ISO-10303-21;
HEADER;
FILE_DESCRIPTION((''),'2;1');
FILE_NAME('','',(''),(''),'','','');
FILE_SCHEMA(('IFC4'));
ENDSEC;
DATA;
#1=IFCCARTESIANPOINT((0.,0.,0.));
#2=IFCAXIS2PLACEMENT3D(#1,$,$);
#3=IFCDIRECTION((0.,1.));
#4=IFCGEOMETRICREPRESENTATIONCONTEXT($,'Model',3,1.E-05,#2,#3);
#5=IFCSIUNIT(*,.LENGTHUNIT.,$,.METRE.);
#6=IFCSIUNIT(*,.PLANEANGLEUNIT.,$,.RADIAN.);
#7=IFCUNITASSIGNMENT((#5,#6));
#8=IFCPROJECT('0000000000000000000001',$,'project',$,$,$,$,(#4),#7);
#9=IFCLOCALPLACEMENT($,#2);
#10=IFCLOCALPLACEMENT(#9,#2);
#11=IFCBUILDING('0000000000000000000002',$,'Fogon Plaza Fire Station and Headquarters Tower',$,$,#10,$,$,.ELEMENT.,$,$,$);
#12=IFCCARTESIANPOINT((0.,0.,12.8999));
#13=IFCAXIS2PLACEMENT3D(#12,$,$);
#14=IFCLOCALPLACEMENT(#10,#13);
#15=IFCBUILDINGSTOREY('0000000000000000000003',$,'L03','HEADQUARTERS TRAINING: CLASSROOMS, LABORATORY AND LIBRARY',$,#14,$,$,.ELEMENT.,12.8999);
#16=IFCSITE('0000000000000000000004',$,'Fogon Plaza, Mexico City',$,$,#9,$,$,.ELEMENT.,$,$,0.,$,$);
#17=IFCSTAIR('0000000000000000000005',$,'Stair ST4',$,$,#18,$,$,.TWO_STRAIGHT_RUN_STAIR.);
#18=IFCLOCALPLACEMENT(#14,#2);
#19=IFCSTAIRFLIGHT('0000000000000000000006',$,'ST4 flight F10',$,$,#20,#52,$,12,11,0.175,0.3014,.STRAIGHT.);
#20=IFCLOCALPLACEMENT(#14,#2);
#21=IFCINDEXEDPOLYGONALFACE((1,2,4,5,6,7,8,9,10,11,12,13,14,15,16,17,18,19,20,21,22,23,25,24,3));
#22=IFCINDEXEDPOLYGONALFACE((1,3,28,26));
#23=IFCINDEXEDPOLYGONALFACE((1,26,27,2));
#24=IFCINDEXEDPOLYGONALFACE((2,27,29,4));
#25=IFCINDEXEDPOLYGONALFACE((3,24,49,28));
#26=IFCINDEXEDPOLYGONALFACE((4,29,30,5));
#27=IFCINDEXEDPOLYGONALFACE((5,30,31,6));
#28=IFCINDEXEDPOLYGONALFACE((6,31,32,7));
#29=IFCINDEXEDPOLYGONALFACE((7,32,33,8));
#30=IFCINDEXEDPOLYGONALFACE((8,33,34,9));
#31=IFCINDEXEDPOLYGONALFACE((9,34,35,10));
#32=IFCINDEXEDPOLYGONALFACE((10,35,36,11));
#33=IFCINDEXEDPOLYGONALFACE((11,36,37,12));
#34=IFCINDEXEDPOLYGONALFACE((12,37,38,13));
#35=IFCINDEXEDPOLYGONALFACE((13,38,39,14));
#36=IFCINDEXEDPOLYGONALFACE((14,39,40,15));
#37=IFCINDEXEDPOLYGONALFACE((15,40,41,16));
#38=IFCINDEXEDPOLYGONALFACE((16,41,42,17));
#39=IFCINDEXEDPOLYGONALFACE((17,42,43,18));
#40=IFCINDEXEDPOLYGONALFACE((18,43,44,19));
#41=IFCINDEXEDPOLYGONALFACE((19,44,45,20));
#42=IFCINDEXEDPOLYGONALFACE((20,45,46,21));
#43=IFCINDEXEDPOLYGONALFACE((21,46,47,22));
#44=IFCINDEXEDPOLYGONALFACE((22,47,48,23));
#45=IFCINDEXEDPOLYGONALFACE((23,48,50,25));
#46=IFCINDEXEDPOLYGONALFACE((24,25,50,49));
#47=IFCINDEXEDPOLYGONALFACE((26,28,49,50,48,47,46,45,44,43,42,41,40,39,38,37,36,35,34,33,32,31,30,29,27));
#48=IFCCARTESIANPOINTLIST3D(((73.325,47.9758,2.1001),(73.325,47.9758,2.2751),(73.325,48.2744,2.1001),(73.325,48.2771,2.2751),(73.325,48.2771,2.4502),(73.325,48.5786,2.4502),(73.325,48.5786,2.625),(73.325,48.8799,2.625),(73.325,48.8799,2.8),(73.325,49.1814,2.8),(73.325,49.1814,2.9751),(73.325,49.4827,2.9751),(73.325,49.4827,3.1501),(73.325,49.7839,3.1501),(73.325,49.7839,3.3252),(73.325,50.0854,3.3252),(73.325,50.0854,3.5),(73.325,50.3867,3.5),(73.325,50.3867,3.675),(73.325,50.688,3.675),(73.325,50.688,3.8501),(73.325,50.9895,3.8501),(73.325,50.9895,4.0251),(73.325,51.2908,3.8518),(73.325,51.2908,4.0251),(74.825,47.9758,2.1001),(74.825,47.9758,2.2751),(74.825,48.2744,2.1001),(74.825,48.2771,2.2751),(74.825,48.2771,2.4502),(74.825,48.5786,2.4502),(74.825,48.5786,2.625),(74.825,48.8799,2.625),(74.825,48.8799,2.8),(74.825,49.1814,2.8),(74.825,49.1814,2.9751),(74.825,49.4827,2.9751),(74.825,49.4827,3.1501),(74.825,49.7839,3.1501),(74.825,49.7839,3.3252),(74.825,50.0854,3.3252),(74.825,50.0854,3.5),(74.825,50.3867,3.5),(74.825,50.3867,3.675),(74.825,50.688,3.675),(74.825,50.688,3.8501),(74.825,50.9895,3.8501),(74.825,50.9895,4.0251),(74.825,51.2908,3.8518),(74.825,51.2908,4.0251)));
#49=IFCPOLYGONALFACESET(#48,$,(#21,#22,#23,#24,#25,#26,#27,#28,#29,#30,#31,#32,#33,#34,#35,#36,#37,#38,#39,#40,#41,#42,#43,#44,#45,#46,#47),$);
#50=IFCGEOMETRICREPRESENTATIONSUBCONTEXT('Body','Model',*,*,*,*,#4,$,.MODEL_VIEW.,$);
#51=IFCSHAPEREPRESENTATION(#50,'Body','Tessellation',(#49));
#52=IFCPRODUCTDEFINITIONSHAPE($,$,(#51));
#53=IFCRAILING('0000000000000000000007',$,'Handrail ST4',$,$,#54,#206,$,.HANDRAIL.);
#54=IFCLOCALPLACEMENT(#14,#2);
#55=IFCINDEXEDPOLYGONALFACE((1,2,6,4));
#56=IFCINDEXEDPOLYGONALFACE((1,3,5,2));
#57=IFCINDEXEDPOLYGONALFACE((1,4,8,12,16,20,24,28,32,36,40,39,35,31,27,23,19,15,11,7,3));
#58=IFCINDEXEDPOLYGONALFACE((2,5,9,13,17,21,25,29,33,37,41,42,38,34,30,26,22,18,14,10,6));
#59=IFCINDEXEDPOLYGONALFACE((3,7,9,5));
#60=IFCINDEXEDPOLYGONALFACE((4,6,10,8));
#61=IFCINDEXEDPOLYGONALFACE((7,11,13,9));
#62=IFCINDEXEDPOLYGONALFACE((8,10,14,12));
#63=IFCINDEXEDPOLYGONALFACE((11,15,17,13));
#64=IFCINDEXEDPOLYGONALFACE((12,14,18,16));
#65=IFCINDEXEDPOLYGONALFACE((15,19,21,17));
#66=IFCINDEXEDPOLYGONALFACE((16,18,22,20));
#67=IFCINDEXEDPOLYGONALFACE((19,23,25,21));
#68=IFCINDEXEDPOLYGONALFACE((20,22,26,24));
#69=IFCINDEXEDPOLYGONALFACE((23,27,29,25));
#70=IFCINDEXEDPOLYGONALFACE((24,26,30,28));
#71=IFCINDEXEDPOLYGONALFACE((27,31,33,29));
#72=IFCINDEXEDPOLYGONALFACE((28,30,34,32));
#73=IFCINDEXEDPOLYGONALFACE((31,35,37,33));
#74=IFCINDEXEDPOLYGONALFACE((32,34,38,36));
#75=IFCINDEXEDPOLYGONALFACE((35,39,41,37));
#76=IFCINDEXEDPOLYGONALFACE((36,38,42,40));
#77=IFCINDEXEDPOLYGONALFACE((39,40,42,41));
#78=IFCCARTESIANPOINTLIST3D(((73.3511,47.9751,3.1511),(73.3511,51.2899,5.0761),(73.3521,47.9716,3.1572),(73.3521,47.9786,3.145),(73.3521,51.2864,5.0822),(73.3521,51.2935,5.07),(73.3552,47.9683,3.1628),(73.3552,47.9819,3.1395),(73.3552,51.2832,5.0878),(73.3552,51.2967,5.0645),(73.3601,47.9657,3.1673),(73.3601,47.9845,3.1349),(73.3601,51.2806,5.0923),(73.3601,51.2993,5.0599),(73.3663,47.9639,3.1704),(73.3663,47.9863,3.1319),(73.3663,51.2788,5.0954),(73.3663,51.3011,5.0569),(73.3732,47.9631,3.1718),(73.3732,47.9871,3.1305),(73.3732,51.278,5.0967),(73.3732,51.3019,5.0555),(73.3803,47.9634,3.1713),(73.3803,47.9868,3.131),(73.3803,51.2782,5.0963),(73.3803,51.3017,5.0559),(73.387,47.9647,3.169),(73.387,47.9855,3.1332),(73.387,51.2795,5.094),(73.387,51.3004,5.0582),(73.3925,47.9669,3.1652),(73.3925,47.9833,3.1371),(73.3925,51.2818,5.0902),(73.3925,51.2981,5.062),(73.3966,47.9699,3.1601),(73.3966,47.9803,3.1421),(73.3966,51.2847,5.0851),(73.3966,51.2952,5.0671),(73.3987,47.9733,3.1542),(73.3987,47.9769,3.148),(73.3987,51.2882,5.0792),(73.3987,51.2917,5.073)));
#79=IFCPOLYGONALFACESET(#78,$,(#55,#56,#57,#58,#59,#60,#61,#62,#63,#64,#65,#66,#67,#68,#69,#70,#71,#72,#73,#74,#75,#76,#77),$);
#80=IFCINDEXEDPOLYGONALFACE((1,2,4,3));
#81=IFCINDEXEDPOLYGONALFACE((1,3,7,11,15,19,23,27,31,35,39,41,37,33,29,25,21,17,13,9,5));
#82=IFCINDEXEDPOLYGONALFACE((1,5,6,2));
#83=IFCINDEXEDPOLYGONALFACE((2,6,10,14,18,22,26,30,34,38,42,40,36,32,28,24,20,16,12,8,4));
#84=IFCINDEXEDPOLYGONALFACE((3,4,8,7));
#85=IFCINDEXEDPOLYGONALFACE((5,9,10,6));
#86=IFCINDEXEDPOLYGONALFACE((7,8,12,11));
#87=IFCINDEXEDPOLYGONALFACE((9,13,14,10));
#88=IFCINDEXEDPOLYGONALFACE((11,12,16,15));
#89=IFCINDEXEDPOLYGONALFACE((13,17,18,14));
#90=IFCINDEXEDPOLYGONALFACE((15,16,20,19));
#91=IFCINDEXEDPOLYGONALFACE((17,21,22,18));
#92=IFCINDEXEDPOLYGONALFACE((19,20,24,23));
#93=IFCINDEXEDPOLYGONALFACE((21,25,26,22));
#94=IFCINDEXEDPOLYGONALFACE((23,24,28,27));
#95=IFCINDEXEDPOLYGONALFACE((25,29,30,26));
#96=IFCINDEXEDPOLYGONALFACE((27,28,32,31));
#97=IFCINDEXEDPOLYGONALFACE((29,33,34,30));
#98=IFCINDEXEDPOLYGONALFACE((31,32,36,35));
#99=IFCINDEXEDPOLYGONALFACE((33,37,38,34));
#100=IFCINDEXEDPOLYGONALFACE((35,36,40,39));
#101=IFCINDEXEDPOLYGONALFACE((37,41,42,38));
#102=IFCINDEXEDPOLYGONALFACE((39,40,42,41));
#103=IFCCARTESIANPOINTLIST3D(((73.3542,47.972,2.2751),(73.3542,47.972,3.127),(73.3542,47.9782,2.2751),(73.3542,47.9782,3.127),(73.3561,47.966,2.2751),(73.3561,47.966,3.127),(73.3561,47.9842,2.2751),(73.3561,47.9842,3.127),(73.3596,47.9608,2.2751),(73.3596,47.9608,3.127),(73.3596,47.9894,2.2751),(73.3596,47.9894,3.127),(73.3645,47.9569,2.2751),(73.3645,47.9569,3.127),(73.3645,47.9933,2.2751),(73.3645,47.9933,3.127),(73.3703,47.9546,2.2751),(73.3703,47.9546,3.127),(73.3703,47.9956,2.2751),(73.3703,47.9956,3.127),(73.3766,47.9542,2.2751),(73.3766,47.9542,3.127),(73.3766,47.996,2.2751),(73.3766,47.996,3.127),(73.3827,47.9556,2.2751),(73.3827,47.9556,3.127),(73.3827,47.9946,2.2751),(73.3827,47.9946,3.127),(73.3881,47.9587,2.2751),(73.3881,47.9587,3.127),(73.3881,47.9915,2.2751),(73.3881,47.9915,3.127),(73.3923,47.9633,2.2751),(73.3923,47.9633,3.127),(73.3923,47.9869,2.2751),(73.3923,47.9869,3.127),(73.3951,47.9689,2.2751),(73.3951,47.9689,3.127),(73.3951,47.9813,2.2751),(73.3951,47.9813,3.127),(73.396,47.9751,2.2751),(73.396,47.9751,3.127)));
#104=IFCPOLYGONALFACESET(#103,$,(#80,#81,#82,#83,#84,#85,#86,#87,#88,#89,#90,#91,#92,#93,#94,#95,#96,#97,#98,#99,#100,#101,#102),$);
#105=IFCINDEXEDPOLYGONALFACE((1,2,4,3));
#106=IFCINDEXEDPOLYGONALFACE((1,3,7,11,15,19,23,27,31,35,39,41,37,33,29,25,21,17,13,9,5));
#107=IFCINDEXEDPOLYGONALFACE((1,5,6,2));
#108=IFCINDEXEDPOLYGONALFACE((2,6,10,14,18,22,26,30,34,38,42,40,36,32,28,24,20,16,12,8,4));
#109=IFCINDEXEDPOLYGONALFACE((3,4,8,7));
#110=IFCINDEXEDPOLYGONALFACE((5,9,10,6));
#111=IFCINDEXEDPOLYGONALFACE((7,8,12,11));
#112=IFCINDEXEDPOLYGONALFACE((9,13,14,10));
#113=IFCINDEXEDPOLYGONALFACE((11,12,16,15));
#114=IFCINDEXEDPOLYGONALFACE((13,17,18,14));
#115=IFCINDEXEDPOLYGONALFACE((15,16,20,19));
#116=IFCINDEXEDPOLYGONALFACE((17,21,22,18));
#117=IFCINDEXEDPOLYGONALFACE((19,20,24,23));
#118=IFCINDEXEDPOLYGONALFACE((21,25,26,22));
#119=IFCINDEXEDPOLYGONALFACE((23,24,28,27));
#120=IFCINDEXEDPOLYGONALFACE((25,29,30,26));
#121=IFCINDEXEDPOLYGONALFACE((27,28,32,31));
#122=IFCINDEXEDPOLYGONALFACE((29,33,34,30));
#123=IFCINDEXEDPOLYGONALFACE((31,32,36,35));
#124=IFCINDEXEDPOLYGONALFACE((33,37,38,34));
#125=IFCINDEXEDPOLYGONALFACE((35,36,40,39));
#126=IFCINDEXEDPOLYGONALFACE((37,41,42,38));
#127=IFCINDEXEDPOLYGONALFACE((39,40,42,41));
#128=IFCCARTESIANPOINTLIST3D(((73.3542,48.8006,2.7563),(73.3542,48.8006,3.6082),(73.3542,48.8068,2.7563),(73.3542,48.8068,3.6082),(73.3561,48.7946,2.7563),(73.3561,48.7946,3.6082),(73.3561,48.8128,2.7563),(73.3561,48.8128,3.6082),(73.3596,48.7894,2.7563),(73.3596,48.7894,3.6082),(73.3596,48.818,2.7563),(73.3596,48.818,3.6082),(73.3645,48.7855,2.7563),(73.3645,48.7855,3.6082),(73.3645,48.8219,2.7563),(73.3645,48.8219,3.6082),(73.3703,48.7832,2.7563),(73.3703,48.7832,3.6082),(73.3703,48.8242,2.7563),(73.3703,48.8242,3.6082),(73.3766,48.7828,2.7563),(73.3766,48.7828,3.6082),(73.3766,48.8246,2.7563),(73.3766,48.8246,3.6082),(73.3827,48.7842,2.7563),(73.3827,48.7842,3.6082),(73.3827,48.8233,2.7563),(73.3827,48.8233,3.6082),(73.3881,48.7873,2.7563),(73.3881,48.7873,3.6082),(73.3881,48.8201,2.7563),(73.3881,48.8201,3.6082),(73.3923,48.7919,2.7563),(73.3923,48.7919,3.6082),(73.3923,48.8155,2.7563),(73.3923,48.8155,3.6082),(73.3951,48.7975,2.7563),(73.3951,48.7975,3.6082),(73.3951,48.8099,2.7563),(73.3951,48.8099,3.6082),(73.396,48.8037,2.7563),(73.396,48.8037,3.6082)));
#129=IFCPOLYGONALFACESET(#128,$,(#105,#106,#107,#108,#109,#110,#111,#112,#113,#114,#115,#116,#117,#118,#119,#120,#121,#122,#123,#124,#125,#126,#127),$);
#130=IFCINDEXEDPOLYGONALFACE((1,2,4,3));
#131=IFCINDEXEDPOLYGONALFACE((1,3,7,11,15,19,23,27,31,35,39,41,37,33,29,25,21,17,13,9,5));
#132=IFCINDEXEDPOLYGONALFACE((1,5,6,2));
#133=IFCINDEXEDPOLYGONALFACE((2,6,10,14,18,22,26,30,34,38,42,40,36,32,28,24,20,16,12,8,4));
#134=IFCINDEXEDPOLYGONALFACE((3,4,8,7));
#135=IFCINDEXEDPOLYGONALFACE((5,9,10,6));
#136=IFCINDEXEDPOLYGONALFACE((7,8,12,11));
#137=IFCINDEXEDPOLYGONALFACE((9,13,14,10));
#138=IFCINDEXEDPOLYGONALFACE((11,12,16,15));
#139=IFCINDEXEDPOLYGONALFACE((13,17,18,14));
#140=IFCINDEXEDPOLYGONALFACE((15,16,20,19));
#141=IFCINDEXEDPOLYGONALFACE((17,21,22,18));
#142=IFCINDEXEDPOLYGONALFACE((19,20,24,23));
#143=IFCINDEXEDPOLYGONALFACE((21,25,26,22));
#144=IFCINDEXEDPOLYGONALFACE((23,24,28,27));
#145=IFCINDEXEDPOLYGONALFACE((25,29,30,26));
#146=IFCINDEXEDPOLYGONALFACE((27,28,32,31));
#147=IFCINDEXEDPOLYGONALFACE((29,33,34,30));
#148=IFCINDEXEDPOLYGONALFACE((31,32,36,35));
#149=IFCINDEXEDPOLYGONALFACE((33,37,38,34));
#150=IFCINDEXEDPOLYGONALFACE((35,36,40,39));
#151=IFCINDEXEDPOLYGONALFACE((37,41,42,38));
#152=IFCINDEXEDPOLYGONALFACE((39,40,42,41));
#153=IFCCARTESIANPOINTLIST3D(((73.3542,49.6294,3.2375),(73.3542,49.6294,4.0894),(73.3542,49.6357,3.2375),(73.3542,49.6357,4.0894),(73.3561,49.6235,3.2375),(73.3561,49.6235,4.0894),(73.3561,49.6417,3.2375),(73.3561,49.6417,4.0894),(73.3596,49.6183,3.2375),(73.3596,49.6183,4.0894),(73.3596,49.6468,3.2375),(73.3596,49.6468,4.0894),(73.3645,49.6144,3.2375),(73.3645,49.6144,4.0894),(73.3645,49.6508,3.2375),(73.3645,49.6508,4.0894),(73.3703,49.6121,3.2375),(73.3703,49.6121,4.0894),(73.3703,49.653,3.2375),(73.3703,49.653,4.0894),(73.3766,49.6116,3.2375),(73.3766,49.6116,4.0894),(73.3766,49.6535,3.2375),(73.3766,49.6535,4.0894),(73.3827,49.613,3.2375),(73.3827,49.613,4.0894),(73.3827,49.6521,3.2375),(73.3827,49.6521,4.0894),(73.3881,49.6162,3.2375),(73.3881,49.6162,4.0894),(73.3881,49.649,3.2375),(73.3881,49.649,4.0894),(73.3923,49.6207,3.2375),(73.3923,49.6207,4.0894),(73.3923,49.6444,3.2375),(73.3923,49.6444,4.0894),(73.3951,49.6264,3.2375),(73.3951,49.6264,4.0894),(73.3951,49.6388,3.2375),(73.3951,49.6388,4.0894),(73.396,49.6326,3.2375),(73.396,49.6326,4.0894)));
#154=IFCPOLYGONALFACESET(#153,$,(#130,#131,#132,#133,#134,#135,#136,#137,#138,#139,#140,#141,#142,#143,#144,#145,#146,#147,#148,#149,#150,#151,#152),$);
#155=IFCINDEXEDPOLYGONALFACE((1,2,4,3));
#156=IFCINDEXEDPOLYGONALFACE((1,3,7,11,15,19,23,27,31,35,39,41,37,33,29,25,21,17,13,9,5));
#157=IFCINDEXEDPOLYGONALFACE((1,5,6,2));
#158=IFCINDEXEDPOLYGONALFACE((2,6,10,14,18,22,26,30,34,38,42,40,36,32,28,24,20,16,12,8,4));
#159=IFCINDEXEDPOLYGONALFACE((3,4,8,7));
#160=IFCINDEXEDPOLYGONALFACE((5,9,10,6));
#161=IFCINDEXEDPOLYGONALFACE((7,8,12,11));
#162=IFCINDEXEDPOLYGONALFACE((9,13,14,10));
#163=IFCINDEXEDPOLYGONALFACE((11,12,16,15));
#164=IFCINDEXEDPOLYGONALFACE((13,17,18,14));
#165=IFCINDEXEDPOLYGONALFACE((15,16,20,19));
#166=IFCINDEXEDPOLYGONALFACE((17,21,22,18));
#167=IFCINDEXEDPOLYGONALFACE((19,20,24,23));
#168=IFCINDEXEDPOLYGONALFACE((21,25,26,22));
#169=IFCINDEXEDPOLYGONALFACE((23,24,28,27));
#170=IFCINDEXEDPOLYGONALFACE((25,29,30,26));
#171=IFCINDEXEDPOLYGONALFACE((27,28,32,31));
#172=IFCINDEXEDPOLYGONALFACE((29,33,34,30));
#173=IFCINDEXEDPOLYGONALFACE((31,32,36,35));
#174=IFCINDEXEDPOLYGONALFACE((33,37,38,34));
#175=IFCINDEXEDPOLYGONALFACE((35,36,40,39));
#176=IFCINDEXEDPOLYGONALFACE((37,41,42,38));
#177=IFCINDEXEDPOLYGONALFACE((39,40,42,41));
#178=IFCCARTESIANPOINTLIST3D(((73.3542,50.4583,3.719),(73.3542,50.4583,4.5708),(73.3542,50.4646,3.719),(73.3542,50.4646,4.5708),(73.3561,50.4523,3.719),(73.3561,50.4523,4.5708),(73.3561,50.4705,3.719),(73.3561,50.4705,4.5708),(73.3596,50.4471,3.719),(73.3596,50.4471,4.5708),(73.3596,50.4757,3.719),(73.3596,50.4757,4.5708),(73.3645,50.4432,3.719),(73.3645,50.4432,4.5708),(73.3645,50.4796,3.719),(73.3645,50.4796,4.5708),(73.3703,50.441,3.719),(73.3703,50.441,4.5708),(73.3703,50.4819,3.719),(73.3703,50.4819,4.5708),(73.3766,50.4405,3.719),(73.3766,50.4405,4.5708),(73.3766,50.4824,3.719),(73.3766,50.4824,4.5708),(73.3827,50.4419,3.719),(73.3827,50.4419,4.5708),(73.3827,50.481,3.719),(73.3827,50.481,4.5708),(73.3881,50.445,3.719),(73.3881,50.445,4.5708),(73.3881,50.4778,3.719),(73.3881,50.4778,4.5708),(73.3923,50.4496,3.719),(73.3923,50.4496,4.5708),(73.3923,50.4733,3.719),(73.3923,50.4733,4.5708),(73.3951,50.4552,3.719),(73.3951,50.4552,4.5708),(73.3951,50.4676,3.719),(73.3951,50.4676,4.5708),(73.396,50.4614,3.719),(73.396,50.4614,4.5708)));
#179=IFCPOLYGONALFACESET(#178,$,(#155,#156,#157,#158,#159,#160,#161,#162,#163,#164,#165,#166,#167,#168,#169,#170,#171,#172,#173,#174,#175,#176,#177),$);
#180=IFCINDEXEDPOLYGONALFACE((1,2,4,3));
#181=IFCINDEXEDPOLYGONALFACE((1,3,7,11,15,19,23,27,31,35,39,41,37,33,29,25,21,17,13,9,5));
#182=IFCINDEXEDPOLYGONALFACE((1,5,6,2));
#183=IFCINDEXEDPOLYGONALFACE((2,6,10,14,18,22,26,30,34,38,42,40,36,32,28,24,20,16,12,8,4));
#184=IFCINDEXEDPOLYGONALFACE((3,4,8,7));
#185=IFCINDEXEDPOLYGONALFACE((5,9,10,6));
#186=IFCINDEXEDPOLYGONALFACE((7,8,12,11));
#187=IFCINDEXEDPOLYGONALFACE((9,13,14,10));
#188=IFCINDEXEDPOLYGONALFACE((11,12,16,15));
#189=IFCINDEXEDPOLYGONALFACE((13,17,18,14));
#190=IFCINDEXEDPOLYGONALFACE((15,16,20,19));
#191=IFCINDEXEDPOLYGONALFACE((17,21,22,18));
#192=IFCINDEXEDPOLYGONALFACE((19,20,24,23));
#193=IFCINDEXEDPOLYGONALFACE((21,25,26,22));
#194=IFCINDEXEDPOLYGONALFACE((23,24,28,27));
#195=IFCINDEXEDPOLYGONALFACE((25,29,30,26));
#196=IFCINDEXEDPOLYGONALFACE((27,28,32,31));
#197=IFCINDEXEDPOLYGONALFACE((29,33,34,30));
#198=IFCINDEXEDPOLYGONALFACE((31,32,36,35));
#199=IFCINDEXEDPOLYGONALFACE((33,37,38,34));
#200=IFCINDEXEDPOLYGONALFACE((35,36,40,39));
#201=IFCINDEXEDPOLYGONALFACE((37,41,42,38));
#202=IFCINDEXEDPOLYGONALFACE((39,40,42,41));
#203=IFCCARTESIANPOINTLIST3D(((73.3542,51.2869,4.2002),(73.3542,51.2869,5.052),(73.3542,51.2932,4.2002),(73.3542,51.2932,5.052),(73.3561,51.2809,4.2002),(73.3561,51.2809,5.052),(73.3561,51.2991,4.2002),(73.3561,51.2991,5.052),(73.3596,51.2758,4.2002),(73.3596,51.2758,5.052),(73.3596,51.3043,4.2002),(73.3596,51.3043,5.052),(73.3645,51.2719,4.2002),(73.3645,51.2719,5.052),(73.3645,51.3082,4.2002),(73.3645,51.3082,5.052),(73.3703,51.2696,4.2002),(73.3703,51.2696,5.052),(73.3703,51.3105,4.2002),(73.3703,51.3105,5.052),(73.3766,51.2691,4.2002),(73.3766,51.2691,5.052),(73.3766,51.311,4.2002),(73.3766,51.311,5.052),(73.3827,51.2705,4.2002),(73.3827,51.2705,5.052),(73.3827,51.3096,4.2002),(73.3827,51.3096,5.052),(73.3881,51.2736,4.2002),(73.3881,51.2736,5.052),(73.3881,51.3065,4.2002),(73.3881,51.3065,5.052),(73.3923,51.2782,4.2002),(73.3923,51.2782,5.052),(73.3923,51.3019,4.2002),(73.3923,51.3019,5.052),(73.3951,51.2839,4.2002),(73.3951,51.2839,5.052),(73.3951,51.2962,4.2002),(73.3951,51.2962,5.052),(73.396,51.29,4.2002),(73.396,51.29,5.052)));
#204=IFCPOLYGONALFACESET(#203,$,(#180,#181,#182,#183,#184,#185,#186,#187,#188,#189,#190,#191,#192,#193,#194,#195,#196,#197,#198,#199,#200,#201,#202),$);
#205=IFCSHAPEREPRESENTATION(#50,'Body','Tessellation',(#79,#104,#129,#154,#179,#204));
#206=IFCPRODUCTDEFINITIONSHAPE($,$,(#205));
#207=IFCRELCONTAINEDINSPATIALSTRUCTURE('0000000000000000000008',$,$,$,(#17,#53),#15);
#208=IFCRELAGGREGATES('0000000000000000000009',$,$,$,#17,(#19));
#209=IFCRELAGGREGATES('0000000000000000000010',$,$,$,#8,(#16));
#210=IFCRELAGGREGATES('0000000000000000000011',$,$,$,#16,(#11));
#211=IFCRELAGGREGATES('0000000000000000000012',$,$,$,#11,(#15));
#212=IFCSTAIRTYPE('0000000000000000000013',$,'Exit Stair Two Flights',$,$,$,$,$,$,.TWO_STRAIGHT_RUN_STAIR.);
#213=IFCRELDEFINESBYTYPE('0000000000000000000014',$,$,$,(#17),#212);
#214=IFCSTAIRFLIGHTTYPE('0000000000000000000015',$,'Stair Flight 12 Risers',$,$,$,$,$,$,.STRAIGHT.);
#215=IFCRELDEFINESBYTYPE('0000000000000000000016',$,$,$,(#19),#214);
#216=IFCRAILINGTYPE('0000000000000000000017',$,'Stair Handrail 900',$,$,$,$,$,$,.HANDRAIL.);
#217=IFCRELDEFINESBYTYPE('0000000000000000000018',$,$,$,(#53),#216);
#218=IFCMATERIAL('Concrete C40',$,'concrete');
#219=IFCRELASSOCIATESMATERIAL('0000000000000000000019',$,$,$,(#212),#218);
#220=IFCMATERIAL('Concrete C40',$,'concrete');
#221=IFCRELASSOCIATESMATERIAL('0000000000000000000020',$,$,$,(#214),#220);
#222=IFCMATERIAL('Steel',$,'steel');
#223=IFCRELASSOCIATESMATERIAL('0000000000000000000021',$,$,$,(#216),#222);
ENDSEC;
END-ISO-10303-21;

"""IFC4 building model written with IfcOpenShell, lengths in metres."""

from ifc_helpers import new_model, si_unit, direction, frame, origin, origin_2d, place, context, subcontext, project, spatial, polyline, circle, outline, extrude, material, type_object, element, aggregate, save


model = new_model("IFC4")

# Units and contexts
model_context = context("Model", 3, precision=1e-05, world=origin(), true_north=direction((0.0, 1.0)))
body_context = subcontext(model_context, "Body", "Model", "MODEL_VIEW")
ifc_project = project(units=[si_unit("LENGTHUNIT", "METRE"), si_unit("PLANEANGLEUNIT", "RADIAN")], contexts=[model_context])

# Site, building, storey
site_placement = place(None, origin())
site = spatial("IfcSite", under=ifc_project, at=site_placement, Name="Fogon Plaza, Mexico City", CompositionType="ELEMENT", RefElevation=0.0)
building_placement = place(site_placement, origin())
building = spatial("IfcBuilding", under=site, at=building_placement, Name="Fogon Plaza Fire Station and Headquarters Tower", CompositionType="ELEMENT")
storey_placement = place(building_placement, frame((0.0, 0.0, 12.8999)))
storey = spatial("IfcBuildingStorey", under=building, at=storey_placement, Name="L03", Description="HEADQUARTERS TRAINING: CLASSROOMS, LABORATORY AND LIBRARY", CompositionType="ELEMENT", Elevation=12.8999)

# Stair, stair flight
ifc_material_1 = material(Name="Concrete C40", Category="concrete")
stair_type = type_object("IfcStairType", Name="Exit Stair Two Flights", PredefinedType="TWO_STRAIGHT_RUN_STAIR", material=ifc_material_1)
stair_placement = place(storey_placement, origin())
stair = element("IfcStair", 1, at=stair_placement, inside=storey, type_object=stair_type, Name="Stair ST4", PredefinedType="TWO_STRAIGHT_RUN_STAIR")
ifc_material_2 = material(Name="Concrete C40", Category="concrete")
stair_flight_type = type_object("IfcStairFlightType", Name="Stair Flight 12 Risers", PredefinedType="STRAIGHT", material=ifc_material_2)
stair_flight_placement = place(storey_placement, frame((74.075, 47.9758, 2.1001), z_axis=(0.0, 0.0, 1.0), x_axis=(0.0, 1.0, 0.0)))
stair_flight = element("IfcStairFlight", 2, at=stair_flight_placement, type_object=stair_flight_type, Name="ST4 flight F10", NumberOfRisers=12, NumberOfTreads=11, PredefinedType="STRAIGHT", RiserHeight=0.175, TreadLength=0.3014, context=body_context, shape_type="SweptSolid", body=[
    extrude(outline(polyline([(0.0, 0.0), (0.0, 0.175), (0.3013, 0.175), (0.3013, 0.3501), (0.6028, 0.3501), (0.6028, 0.5249), (0.9041, 0.5249), (0.9041, 0.7), (1.2056, 0.7), (1.2056, 0.875), (1.5068, 0.875), (1.5068, 1.05), (1.8081, 1.05), (1.8081, 1.2251), (2.1096, 1.2251), (2.1096, 1.3999), (2.4109, 1.3999), (2.4109, 1.575), (2.7122, 1.575), (2.7122, 1.75), (3.0137, 1.75), (3.0137, 1.925), (3.3149, 1.925), (3.3149, 2.1001), (3.3149, 1.7517), (0.2986, 0.0), (0.0, 0.0)])), frame((0.0, 0.75, 0.0), z_axis=(0.0, -1.0, 0.0), x_axis=(1.0, 0.0, 0.0)), (0.0, 0.0, 1.0), 1.5),
])
aggregate(stair, [stair_flight])

# Railing
ifc_material_3 = material(Name="Steel", Category="steel")
railing_type = type_object("IfcRailingType", Name="Stair Handrail 900", PredefinedType="HANDRAIL", material=ifc_material_3)
for number, where, name in (
    (3, (73.375, 47.9751, 2.2751), "Handrail ST4"),
):
    element("IfcRailing", number, at=place(storey_placement, frame(where)), inside=storey, type_object=railing_type, Name=name, PredefinedType="HANDRAIL", context=body_context, shape_type="SweptSolid", body=[
        extrude(circle(Radius=0.0239, at=origin_2d()), frame((0.0, 0.0, 0.876), z_axis=(0.0, 0.864761, 0.502183), x_axis=(-1.0, 0.0, 0.0)), (0.0, 0.0, 1.0), 3.8333),
        extrude(circle(Radius=0.021, at=origin_2d()), origin(), (0.0, 0.0, 1.0), 0.8518),
        extrude(circle(Radius=0.021, at=origin_2d()), frame((0.0, 0.8286, 0.4812)), (0.0, 0.0, 1.0), 0.8518),
        extrude(circle(Radius=0.021, at=origin_2d()), frame((0.0, 1.6575, 0.9624)), (0.0, 0.0, 1.0), 0.8518),
        extrude(circle(Radius=0.021, at=origin_2d()), frame((0.0, 2.4863, 1.4438)), (0.0, 0.0, 1.0), 0.8518),
        extrude(circle(Radius=0.021, at=origin_2d()), frame((0.0, 3.3149, 1.925)), (0.0, 0.0, 1.0), 0.8518),
    ])

save(model, "model.ifc")
